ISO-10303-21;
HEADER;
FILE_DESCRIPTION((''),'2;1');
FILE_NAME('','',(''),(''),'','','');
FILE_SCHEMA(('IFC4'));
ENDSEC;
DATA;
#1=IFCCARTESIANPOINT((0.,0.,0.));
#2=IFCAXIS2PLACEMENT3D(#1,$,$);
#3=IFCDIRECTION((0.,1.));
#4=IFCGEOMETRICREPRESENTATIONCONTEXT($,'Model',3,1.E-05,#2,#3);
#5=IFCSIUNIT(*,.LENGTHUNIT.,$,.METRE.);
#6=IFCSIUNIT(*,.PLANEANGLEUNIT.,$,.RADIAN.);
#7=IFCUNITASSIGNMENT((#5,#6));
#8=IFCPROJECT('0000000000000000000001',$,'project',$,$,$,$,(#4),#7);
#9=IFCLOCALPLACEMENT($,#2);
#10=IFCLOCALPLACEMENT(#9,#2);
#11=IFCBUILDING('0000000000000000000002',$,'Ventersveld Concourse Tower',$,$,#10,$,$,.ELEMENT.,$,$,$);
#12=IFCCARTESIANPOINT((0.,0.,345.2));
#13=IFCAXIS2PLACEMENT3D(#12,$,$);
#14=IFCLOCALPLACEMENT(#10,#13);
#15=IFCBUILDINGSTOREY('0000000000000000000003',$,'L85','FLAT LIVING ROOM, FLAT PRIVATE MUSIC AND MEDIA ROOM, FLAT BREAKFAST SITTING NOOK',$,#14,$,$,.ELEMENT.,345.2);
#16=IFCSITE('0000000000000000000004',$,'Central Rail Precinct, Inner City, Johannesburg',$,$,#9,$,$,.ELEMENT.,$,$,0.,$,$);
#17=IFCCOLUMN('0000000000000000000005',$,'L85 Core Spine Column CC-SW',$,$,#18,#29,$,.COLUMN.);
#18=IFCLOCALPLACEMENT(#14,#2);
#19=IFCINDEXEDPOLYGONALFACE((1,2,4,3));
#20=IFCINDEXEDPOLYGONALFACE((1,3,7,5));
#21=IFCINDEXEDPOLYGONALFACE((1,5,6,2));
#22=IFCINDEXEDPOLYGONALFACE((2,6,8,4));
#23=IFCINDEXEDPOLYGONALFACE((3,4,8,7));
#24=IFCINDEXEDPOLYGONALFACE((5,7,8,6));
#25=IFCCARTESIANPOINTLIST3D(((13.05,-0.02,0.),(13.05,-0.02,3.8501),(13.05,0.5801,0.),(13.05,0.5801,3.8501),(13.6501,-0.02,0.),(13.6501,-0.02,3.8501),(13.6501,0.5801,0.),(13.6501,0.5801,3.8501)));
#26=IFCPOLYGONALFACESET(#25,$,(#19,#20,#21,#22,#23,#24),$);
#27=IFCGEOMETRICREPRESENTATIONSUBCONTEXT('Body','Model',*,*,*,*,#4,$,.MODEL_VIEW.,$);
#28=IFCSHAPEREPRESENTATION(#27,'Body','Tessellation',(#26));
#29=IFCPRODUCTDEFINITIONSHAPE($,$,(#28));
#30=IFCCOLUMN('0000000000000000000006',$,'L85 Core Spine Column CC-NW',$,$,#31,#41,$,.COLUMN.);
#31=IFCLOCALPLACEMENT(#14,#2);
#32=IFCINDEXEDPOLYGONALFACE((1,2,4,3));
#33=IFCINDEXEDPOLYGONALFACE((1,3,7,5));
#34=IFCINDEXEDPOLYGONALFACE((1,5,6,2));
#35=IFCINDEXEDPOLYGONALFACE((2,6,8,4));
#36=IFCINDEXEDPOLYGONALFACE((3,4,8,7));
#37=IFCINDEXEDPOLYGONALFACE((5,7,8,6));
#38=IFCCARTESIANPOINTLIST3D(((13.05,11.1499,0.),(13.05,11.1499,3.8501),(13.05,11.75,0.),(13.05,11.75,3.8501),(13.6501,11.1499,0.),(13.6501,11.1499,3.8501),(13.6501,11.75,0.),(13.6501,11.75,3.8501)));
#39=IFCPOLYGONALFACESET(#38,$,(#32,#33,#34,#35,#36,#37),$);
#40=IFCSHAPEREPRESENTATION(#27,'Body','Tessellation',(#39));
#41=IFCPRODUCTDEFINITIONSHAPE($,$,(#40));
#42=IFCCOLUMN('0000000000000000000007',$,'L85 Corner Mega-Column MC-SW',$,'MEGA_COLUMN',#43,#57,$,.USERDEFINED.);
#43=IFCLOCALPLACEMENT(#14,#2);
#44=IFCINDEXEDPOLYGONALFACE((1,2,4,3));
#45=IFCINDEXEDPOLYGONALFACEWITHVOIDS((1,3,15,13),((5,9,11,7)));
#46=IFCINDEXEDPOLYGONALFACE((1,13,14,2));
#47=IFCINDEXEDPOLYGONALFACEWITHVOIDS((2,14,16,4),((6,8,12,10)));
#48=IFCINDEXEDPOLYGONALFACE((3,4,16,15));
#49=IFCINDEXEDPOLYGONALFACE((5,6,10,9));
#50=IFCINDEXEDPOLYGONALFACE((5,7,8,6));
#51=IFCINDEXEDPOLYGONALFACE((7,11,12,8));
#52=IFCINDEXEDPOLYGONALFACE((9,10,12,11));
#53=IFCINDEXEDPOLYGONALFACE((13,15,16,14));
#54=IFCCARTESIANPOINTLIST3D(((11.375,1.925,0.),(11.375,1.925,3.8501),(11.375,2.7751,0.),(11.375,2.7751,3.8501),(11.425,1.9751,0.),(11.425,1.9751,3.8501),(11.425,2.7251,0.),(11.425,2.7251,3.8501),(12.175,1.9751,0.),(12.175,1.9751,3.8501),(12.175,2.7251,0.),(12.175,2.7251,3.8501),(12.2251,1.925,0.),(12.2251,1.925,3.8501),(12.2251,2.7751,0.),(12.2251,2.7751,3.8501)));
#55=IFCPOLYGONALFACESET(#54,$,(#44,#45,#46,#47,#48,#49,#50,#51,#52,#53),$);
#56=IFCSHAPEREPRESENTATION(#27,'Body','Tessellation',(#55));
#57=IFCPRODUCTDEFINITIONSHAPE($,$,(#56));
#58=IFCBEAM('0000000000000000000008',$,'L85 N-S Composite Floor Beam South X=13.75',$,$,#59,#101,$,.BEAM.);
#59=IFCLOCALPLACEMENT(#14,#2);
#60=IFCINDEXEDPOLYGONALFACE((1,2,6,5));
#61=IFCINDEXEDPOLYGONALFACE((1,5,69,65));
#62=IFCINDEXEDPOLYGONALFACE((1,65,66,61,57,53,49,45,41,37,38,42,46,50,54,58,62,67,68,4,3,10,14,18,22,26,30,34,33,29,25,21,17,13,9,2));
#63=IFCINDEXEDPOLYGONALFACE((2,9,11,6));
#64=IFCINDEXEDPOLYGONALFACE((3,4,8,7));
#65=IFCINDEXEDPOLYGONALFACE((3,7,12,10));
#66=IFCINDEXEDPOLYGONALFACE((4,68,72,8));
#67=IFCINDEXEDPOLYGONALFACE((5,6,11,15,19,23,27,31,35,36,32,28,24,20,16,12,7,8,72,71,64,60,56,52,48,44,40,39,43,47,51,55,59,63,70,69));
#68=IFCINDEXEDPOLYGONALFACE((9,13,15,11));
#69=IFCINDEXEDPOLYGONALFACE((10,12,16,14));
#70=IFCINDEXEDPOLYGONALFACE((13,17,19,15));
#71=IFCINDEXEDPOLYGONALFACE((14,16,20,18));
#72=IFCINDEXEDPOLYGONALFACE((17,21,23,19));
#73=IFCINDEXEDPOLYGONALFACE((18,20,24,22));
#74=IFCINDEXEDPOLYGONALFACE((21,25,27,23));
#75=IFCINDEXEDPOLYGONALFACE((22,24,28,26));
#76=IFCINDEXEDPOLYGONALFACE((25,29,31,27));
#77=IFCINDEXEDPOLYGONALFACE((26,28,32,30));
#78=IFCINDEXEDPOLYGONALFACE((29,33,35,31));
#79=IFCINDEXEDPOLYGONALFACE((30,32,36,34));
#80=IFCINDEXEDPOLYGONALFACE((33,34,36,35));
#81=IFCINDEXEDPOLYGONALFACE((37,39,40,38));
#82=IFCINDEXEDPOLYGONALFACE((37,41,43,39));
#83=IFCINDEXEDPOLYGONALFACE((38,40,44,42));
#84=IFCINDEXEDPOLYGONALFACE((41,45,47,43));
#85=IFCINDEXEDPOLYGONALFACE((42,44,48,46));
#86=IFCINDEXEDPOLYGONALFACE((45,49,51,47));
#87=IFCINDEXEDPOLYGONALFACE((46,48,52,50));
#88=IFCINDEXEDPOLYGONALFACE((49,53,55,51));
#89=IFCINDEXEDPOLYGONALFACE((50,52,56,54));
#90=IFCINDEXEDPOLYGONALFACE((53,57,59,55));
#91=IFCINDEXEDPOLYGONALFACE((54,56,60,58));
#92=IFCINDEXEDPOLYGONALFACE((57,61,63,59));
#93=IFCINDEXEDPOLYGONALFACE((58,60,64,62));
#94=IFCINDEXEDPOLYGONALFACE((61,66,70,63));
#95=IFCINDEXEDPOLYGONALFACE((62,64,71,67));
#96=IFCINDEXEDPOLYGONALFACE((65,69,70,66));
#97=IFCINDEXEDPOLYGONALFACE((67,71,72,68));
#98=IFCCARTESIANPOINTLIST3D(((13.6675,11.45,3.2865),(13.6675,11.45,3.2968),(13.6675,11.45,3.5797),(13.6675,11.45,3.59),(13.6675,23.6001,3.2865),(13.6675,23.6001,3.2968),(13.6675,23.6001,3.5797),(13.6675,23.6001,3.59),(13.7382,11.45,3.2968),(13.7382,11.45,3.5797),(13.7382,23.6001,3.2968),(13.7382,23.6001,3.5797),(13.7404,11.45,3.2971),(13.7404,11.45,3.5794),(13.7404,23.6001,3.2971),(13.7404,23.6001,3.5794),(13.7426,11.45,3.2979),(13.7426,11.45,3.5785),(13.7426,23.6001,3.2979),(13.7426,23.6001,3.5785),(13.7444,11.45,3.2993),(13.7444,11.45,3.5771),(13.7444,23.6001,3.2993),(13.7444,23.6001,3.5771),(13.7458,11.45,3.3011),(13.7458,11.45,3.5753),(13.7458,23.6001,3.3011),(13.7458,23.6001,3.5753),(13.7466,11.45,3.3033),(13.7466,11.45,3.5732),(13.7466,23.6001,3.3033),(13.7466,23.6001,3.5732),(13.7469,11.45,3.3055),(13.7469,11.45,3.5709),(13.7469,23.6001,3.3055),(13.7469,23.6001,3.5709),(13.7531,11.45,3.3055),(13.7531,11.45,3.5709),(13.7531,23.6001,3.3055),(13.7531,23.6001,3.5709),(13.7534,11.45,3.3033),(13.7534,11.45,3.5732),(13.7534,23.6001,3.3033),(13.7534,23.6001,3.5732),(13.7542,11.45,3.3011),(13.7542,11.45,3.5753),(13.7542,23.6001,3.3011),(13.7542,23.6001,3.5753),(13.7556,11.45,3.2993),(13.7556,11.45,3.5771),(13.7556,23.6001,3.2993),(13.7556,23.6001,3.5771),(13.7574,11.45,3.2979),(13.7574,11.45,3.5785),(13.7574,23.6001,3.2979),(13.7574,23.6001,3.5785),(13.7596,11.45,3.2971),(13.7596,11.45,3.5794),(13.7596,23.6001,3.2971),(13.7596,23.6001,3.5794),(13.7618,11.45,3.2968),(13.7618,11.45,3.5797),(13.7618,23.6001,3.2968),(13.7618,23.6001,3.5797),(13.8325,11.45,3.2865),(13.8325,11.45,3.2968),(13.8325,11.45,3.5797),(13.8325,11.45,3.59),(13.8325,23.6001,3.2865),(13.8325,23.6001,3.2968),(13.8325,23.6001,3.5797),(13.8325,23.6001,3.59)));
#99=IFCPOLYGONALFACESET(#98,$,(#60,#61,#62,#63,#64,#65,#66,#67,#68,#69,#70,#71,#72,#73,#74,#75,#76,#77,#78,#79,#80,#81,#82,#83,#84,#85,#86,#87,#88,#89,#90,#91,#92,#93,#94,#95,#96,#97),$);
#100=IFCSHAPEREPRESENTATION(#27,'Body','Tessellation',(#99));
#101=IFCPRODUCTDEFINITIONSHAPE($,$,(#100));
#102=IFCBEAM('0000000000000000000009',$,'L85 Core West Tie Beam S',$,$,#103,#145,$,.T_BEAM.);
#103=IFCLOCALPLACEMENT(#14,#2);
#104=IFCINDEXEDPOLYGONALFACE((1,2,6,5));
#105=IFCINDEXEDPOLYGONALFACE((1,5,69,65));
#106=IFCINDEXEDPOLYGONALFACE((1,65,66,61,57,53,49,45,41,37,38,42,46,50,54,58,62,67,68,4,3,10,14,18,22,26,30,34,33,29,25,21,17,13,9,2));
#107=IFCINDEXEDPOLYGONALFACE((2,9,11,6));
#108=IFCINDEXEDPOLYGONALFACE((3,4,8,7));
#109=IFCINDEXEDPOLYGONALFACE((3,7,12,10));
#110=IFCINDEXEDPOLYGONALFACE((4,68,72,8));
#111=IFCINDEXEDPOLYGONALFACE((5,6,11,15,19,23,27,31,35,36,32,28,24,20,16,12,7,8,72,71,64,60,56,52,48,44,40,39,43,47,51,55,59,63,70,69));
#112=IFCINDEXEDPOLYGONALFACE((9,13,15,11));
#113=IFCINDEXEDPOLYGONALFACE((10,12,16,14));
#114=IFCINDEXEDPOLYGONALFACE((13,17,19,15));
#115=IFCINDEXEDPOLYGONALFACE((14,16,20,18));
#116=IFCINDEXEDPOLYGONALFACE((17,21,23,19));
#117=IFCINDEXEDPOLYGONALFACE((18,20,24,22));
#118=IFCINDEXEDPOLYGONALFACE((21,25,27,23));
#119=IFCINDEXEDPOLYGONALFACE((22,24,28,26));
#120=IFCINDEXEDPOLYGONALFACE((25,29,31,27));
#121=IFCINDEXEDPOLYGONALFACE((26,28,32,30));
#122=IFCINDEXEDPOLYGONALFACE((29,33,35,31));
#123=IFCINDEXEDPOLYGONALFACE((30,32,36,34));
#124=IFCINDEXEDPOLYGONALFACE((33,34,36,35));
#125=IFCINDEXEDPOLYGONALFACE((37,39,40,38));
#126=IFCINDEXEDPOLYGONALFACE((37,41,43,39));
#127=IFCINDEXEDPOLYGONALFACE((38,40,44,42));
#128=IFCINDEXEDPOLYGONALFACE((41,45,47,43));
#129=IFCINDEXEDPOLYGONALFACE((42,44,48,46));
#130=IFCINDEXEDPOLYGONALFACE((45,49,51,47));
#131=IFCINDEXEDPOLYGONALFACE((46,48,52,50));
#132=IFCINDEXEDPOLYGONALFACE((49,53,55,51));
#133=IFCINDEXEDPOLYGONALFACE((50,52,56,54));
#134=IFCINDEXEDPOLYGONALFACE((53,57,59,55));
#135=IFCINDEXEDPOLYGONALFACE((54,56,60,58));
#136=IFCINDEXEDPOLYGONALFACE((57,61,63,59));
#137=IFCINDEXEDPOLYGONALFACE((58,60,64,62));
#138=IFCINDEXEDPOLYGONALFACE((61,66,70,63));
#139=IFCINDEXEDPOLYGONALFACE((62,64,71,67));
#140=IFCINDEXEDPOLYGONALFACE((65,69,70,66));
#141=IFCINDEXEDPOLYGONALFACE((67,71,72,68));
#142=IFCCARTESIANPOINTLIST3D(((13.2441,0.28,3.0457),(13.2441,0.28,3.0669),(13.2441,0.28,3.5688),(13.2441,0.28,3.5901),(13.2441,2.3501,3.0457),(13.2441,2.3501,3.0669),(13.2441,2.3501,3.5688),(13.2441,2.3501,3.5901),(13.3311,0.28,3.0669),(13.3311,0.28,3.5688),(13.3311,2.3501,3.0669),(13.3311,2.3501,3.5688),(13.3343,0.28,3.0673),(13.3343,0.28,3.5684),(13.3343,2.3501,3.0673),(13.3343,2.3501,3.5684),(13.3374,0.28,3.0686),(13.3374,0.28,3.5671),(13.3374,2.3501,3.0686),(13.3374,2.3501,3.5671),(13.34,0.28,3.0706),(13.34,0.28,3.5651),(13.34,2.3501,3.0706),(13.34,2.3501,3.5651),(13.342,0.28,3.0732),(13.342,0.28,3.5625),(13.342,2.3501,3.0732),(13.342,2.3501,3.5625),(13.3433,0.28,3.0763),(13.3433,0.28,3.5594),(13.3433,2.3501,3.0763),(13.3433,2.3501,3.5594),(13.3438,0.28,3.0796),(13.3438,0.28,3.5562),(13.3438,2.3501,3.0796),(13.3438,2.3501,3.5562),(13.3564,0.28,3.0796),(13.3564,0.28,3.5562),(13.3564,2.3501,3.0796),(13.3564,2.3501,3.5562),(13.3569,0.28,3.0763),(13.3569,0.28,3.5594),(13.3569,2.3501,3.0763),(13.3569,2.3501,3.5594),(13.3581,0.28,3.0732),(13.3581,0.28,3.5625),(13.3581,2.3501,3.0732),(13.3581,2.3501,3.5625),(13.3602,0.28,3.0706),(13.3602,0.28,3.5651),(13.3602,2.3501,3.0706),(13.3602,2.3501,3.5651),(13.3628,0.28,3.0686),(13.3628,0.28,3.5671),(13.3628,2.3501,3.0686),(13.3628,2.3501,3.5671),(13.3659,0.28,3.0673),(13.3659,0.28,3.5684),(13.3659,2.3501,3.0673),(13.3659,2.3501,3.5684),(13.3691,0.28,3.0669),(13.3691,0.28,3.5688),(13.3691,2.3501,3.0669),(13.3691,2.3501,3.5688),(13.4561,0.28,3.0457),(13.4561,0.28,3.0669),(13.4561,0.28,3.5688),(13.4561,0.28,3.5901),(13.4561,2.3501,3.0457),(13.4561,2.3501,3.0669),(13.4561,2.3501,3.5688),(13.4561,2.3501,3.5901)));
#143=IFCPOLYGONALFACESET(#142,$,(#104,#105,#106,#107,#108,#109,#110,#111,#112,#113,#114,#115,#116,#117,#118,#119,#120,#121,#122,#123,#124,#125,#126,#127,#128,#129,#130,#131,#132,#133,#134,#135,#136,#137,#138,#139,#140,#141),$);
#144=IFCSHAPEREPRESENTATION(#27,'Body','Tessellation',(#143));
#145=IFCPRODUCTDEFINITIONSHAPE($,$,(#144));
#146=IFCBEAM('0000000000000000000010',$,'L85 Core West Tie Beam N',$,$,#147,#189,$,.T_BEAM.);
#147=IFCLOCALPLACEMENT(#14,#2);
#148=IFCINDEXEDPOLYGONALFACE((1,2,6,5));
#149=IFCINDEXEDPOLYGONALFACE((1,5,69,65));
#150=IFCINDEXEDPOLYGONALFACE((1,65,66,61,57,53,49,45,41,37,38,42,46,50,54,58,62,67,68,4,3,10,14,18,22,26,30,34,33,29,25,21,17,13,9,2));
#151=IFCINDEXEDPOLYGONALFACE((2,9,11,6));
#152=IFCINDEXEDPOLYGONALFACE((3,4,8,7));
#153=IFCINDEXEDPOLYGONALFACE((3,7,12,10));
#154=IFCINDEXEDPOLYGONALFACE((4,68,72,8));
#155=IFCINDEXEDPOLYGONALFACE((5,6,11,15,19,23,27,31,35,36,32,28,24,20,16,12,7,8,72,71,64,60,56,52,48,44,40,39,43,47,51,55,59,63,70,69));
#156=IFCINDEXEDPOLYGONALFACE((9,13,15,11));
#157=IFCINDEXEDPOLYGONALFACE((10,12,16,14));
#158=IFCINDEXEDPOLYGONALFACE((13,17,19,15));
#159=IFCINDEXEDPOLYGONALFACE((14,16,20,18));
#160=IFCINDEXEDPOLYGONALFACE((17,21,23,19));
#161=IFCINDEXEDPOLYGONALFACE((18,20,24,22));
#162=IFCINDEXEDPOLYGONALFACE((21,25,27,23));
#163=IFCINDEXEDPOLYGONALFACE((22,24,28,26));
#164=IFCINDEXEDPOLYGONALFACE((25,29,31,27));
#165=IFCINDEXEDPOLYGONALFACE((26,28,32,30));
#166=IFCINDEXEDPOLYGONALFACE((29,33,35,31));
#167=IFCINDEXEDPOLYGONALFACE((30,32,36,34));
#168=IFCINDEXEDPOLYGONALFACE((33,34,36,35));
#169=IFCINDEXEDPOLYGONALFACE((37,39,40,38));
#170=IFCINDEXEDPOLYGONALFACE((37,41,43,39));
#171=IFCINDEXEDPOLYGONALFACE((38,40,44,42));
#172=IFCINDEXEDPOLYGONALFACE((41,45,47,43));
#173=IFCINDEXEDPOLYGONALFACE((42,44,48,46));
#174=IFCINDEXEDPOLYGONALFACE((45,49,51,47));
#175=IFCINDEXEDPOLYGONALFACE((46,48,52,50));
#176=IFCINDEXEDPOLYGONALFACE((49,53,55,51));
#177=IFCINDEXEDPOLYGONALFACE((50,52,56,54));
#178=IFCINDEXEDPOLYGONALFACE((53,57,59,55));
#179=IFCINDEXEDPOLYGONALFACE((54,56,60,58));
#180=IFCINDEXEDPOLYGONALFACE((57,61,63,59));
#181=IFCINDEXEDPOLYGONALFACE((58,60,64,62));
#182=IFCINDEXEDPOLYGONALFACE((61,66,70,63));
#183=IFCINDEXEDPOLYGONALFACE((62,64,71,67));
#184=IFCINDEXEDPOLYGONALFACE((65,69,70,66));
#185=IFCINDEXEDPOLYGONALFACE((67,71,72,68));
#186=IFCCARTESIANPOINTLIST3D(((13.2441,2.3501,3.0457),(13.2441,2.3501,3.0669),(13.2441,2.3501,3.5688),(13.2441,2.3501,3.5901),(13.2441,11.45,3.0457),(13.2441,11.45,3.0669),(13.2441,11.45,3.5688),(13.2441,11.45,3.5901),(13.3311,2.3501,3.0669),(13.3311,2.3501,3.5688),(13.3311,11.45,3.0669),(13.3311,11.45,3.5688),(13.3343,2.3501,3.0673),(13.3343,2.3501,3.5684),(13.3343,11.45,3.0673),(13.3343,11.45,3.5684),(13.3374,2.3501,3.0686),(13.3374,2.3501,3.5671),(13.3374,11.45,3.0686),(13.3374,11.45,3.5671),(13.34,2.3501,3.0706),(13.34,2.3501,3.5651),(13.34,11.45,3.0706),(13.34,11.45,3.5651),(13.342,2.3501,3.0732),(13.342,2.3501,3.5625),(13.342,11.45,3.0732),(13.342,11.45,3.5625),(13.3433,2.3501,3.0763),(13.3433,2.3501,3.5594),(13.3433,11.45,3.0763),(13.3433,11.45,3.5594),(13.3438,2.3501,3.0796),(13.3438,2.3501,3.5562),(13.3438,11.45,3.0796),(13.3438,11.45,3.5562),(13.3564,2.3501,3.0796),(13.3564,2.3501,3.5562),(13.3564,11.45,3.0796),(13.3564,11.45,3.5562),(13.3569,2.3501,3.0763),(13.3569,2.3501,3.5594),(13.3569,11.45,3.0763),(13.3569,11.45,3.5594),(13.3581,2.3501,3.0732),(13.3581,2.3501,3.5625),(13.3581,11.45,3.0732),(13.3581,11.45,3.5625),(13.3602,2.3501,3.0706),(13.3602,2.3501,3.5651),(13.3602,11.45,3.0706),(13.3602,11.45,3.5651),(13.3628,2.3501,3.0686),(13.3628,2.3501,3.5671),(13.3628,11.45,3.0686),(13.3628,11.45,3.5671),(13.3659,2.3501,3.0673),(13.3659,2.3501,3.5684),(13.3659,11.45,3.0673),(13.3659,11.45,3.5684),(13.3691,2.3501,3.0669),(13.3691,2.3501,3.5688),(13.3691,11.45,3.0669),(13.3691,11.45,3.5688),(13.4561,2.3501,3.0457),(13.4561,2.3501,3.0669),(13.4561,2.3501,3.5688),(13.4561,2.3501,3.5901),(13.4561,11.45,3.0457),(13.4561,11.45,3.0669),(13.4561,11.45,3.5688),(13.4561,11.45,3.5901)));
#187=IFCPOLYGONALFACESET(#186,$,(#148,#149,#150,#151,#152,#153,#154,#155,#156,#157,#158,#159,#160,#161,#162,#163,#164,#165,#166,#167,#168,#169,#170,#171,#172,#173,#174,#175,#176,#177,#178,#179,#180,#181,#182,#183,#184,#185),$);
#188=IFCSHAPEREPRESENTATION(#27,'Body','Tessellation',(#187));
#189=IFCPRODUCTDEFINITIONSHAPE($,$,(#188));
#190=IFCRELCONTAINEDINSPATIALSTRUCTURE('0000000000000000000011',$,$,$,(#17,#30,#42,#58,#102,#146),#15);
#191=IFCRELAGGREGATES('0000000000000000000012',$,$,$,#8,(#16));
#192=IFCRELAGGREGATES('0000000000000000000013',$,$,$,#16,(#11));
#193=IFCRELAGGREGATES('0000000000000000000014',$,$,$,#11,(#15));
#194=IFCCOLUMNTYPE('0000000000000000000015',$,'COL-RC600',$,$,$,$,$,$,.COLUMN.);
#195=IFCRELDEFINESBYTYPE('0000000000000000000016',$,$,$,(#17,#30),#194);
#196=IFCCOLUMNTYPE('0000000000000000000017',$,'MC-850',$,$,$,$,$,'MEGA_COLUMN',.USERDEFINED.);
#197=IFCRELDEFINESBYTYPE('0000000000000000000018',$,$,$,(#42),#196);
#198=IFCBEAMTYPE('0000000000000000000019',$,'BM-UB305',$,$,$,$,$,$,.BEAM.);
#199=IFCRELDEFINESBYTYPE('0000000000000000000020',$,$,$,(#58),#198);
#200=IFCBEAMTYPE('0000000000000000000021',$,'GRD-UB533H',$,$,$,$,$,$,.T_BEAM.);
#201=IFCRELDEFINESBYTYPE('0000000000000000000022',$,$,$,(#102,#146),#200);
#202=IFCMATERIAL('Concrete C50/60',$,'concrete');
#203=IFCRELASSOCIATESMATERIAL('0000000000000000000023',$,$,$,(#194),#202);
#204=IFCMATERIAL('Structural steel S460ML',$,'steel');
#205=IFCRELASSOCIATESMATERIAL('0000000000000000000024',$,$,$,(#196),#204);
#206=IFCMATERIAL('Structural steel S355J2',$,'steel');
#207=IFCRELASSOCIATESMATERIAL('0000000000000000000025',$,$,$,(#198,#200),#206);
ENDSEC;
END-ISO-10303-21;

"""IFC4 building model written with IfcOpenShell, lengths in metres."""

from ifc_helpers import new_model, si_unit, direction, frame, origin, origin_2d, place, context, subcontext, project, spatial, rectangle, hollow_rectangle, i_section, extrude, material, material_profile, profile_set, type_object, element, save


model = new_model("IFC4")

# Units and contexts
model_context = context("Model", 3, precision=1e-05, world=origin(), true_north=direction((0.0, 1.0)))
body_context = subcontext(model_context, "Body", "Model", "MODEL_VIEW")
ifc_project = project(units=[si_unit("LENGTHUNIT", "METRE"), si_unit("PLANEANGLEUNIT", "RADIAN")], contexts=[model_context])

# Site, building, storey
site_placement = place(None, origin())
site = spatial("IfcSite", under=ifc_project, at=site_placement, Name="Central Rail Precinct, Inner City, Johannesburg", CompositionType="ELEMENT", RefElevation=0.0)
building_placement = place(site_placement, origin())
building = spatial("IfcBuilding", under=site, at=building_placement, Name="Ventersveld Concourse Tower", CompositionType="ELEMENT")
storey_placement = place(building_placement, frame((0.0, 0.0, 345.2)))
storey = spatial("IfcBuildingStorey", under=building, at=storey_placement, Name="L85", Description="FLAT LIVING ROOM, FLAT PRIVATE MUSIC AND MEDIA ROOM, FLAT BREAKFAST SITTING NOOK", CompositionType="ELEMENT", Elevation=345.2)

# Columns
ifc_material_1 = material(Name="Concrete C50/60", Category="concrete")
ifc_material_profile_1 = material_profile(ifc_material_1, rectangle(XDim=0.6001, YDim=0.6001, at=origin_2d()), Name="RC 600x600")
ifc_profile_set_1 = profile_set([ifc_material_profile_1], Name="Concrete C50/60")
column_type_1 = type_object("IfcColumnType", Name="COL-RC600", PredefinedType="COLUMN", material=ifc_profile_set_1)
for number, where, z_axis, x_axis, name in (
    (1, (13.3501, 0.28, 0.0), (0.0, 0.0, 1.0), (1.0, 0.0, 0.0), "L85 Core Spine Column CC-SW"),
    (2, (13.3501, 11.45, 0.0), (0.0, 0.0, 1.0), (1.0, 0.0, 0.0), "L85 Core Spine Column CC-NW"),
):
    element("IfcColumn", number, at=place(storey_placement, frame(where, z_axis=z_axis, x_axis=x_axis)), inside=storey, type_object=column_type_1, Name=name, PredefinedType="COLUMN", context=body_context, shape_type="SweptSolid", body=[
        extrude(rectangle(XDim=0.6001, YDim=0.6001, at=origin_2d()), origin(), (0.0, 0.0, 1.0), 3.8501),
    ])
ifc_material_2 = material(Name="Structural steel S460ML", Category="steel")
ifc_material_profile_2 = material_profile(ifc_material_2, hollow_rectangle(XDim=0.8501, YDim=0.8501, WallThickness=0.05, at=origin_2d()), Name="BOX 850x850x50")
ifc_profile_set_2 = profile_set([ifc_material_profile_2], Name="Structural steel S460ML")
column_type_2 = type_object("IfcColumnType", Name="MC-850", ElementType="MEGA_COLUMN", PredefinedType="USERDEFINED", material=ifc_profile_set_2)
column_placement = place(storey_placement, frame((11.8, 2.3501, 0.0), z_axis=(0.0, 0.0, 1.0), x_axis=(1.0, 0.0, 0.0)))
element("IfcColumn", 3, at=column_placement, inside=storey, type_object=column_type_2, Name="L85 Corner Mega-Column MC-SW", ObjectType="MEGA_COLUMN", PredefinedType="USERDEFINED", context=body_context, shape_type="SweptSolid", body=[
    extrude(hollow_rectangle(XDim=0.8501, YDim=0.8501, WallThickness=0.05, at=origin_2d()), origin(), (0.0, 0.0, 1.0), 3.8501),
])

# Beams
ifc_material_3 = material(Name="Structural steel S355J2", Category="steel")
ifc_material_profile_3 = material_profile(ifc_material_3, i_section(OverallWidth=0.165, OverallDepth=0.3035, WebThickness=0.0061, FlangeThickness=0.0103, FilletRadius=0.0088, at=origin_2d()), Name="UB 305x165x40")
ifc_profile_set_3 = profile_set([ifc_material_profile_3], Name="Structural steel S355J2")
beam_type_1 = type_object("IfcBeamType", Name="BM-UB305", PredefinedType="BEAM", material=ifc_profile_set_3)
beam_1_placement = place(storey_placement, frame((13.75, 11.45, 3.4382), z_axis=(0.0, 1.0, 0.0), x_axis=(-1.0, 0.0, 0.0)))
element("IfcBeam", 4, at=beam_1_placement, inside=storey, type_object=beam_type_1, Name="L85 N-S Composite Floor Beam South X=13.75", PredefinedType="BEAM", context=body_context, shape_type="SweptSolid", body=[
    extrude(i_section(OverallWidth=0.165, OverallDepth=0.3035, WebThickness=0.0061, FlangeThickness=0.0103, FilletRadius=0.0088, at=origin_2d()), origin(), (0.0, 0.0, 1.0), 12.1501),
])
ifc_material_profile_4 = material_profile(ifc_material_3, i_section(OverallWidth=0.2119, OverallDepth=0.5444, WebThickness=0.0127, FlangeThickness=0.0212, FilletRadius=0.0127, at=origin_2d()), Name="UB 533x210x122")
ifc_profile_set_4 = profile_set([ifc_material_profile_4], Name="Structural steel S355J2")
beam_type_2 = type_object("IfcBeamType", Name="GRD-UB533H", PredefinedType="T_BEAM", material=ifc_profile_set_4)
beam_2_placement = place(storey_placement, frame((13.3501, 0.28, 3.3179), z_axis=(0.0, 1.0, 0.0), x_axis=(-1.0, 0.0, 0.0)))
element("IfcBeam", 5, at=beam_2_placement, inside=storey, type_object=beam_type_2, Name="L85 Core West Tie Beam S", PredefinedType="T_BEAM", context=body_context, shape_type="SweptSolid", body=[
    extrude(i_section(OverallWidth=0.2119, OverallDepth=0.5444, WebThickness=0.0127, FlangeThickness=0.0212, FilletRadius=0.0127, at=origin_2d()), origin(), (0.0, 0.0, 1.0), 2.0701),
])
beam_3_placement = place(storey_placement, frame((13.3501, 2.3501, 3.3179), z_axis=(0.0, 1.0, 0.0), x_axis=(-1.0, 0.0, 0.0)))
element("IfcBeam", 6, at=beam_3_placement, inside=storey, type_object=beam_type_2, Name="L85 Core West Tie Beam N", PredefinedType="T_BEAM", context=body_context, shape_type="SweptSolid", body=[
    extrude(i_section(OverallWidth=0.2119, OverallDepth=0.5444, WebThickness=0.0127, FlangeThickness=0.0212, FilletRadius=0.0127, at=origin_2d()), origin(), (0.0, 0.0, 1.0), 9.0999),
])

save(model, "model.ifc")
